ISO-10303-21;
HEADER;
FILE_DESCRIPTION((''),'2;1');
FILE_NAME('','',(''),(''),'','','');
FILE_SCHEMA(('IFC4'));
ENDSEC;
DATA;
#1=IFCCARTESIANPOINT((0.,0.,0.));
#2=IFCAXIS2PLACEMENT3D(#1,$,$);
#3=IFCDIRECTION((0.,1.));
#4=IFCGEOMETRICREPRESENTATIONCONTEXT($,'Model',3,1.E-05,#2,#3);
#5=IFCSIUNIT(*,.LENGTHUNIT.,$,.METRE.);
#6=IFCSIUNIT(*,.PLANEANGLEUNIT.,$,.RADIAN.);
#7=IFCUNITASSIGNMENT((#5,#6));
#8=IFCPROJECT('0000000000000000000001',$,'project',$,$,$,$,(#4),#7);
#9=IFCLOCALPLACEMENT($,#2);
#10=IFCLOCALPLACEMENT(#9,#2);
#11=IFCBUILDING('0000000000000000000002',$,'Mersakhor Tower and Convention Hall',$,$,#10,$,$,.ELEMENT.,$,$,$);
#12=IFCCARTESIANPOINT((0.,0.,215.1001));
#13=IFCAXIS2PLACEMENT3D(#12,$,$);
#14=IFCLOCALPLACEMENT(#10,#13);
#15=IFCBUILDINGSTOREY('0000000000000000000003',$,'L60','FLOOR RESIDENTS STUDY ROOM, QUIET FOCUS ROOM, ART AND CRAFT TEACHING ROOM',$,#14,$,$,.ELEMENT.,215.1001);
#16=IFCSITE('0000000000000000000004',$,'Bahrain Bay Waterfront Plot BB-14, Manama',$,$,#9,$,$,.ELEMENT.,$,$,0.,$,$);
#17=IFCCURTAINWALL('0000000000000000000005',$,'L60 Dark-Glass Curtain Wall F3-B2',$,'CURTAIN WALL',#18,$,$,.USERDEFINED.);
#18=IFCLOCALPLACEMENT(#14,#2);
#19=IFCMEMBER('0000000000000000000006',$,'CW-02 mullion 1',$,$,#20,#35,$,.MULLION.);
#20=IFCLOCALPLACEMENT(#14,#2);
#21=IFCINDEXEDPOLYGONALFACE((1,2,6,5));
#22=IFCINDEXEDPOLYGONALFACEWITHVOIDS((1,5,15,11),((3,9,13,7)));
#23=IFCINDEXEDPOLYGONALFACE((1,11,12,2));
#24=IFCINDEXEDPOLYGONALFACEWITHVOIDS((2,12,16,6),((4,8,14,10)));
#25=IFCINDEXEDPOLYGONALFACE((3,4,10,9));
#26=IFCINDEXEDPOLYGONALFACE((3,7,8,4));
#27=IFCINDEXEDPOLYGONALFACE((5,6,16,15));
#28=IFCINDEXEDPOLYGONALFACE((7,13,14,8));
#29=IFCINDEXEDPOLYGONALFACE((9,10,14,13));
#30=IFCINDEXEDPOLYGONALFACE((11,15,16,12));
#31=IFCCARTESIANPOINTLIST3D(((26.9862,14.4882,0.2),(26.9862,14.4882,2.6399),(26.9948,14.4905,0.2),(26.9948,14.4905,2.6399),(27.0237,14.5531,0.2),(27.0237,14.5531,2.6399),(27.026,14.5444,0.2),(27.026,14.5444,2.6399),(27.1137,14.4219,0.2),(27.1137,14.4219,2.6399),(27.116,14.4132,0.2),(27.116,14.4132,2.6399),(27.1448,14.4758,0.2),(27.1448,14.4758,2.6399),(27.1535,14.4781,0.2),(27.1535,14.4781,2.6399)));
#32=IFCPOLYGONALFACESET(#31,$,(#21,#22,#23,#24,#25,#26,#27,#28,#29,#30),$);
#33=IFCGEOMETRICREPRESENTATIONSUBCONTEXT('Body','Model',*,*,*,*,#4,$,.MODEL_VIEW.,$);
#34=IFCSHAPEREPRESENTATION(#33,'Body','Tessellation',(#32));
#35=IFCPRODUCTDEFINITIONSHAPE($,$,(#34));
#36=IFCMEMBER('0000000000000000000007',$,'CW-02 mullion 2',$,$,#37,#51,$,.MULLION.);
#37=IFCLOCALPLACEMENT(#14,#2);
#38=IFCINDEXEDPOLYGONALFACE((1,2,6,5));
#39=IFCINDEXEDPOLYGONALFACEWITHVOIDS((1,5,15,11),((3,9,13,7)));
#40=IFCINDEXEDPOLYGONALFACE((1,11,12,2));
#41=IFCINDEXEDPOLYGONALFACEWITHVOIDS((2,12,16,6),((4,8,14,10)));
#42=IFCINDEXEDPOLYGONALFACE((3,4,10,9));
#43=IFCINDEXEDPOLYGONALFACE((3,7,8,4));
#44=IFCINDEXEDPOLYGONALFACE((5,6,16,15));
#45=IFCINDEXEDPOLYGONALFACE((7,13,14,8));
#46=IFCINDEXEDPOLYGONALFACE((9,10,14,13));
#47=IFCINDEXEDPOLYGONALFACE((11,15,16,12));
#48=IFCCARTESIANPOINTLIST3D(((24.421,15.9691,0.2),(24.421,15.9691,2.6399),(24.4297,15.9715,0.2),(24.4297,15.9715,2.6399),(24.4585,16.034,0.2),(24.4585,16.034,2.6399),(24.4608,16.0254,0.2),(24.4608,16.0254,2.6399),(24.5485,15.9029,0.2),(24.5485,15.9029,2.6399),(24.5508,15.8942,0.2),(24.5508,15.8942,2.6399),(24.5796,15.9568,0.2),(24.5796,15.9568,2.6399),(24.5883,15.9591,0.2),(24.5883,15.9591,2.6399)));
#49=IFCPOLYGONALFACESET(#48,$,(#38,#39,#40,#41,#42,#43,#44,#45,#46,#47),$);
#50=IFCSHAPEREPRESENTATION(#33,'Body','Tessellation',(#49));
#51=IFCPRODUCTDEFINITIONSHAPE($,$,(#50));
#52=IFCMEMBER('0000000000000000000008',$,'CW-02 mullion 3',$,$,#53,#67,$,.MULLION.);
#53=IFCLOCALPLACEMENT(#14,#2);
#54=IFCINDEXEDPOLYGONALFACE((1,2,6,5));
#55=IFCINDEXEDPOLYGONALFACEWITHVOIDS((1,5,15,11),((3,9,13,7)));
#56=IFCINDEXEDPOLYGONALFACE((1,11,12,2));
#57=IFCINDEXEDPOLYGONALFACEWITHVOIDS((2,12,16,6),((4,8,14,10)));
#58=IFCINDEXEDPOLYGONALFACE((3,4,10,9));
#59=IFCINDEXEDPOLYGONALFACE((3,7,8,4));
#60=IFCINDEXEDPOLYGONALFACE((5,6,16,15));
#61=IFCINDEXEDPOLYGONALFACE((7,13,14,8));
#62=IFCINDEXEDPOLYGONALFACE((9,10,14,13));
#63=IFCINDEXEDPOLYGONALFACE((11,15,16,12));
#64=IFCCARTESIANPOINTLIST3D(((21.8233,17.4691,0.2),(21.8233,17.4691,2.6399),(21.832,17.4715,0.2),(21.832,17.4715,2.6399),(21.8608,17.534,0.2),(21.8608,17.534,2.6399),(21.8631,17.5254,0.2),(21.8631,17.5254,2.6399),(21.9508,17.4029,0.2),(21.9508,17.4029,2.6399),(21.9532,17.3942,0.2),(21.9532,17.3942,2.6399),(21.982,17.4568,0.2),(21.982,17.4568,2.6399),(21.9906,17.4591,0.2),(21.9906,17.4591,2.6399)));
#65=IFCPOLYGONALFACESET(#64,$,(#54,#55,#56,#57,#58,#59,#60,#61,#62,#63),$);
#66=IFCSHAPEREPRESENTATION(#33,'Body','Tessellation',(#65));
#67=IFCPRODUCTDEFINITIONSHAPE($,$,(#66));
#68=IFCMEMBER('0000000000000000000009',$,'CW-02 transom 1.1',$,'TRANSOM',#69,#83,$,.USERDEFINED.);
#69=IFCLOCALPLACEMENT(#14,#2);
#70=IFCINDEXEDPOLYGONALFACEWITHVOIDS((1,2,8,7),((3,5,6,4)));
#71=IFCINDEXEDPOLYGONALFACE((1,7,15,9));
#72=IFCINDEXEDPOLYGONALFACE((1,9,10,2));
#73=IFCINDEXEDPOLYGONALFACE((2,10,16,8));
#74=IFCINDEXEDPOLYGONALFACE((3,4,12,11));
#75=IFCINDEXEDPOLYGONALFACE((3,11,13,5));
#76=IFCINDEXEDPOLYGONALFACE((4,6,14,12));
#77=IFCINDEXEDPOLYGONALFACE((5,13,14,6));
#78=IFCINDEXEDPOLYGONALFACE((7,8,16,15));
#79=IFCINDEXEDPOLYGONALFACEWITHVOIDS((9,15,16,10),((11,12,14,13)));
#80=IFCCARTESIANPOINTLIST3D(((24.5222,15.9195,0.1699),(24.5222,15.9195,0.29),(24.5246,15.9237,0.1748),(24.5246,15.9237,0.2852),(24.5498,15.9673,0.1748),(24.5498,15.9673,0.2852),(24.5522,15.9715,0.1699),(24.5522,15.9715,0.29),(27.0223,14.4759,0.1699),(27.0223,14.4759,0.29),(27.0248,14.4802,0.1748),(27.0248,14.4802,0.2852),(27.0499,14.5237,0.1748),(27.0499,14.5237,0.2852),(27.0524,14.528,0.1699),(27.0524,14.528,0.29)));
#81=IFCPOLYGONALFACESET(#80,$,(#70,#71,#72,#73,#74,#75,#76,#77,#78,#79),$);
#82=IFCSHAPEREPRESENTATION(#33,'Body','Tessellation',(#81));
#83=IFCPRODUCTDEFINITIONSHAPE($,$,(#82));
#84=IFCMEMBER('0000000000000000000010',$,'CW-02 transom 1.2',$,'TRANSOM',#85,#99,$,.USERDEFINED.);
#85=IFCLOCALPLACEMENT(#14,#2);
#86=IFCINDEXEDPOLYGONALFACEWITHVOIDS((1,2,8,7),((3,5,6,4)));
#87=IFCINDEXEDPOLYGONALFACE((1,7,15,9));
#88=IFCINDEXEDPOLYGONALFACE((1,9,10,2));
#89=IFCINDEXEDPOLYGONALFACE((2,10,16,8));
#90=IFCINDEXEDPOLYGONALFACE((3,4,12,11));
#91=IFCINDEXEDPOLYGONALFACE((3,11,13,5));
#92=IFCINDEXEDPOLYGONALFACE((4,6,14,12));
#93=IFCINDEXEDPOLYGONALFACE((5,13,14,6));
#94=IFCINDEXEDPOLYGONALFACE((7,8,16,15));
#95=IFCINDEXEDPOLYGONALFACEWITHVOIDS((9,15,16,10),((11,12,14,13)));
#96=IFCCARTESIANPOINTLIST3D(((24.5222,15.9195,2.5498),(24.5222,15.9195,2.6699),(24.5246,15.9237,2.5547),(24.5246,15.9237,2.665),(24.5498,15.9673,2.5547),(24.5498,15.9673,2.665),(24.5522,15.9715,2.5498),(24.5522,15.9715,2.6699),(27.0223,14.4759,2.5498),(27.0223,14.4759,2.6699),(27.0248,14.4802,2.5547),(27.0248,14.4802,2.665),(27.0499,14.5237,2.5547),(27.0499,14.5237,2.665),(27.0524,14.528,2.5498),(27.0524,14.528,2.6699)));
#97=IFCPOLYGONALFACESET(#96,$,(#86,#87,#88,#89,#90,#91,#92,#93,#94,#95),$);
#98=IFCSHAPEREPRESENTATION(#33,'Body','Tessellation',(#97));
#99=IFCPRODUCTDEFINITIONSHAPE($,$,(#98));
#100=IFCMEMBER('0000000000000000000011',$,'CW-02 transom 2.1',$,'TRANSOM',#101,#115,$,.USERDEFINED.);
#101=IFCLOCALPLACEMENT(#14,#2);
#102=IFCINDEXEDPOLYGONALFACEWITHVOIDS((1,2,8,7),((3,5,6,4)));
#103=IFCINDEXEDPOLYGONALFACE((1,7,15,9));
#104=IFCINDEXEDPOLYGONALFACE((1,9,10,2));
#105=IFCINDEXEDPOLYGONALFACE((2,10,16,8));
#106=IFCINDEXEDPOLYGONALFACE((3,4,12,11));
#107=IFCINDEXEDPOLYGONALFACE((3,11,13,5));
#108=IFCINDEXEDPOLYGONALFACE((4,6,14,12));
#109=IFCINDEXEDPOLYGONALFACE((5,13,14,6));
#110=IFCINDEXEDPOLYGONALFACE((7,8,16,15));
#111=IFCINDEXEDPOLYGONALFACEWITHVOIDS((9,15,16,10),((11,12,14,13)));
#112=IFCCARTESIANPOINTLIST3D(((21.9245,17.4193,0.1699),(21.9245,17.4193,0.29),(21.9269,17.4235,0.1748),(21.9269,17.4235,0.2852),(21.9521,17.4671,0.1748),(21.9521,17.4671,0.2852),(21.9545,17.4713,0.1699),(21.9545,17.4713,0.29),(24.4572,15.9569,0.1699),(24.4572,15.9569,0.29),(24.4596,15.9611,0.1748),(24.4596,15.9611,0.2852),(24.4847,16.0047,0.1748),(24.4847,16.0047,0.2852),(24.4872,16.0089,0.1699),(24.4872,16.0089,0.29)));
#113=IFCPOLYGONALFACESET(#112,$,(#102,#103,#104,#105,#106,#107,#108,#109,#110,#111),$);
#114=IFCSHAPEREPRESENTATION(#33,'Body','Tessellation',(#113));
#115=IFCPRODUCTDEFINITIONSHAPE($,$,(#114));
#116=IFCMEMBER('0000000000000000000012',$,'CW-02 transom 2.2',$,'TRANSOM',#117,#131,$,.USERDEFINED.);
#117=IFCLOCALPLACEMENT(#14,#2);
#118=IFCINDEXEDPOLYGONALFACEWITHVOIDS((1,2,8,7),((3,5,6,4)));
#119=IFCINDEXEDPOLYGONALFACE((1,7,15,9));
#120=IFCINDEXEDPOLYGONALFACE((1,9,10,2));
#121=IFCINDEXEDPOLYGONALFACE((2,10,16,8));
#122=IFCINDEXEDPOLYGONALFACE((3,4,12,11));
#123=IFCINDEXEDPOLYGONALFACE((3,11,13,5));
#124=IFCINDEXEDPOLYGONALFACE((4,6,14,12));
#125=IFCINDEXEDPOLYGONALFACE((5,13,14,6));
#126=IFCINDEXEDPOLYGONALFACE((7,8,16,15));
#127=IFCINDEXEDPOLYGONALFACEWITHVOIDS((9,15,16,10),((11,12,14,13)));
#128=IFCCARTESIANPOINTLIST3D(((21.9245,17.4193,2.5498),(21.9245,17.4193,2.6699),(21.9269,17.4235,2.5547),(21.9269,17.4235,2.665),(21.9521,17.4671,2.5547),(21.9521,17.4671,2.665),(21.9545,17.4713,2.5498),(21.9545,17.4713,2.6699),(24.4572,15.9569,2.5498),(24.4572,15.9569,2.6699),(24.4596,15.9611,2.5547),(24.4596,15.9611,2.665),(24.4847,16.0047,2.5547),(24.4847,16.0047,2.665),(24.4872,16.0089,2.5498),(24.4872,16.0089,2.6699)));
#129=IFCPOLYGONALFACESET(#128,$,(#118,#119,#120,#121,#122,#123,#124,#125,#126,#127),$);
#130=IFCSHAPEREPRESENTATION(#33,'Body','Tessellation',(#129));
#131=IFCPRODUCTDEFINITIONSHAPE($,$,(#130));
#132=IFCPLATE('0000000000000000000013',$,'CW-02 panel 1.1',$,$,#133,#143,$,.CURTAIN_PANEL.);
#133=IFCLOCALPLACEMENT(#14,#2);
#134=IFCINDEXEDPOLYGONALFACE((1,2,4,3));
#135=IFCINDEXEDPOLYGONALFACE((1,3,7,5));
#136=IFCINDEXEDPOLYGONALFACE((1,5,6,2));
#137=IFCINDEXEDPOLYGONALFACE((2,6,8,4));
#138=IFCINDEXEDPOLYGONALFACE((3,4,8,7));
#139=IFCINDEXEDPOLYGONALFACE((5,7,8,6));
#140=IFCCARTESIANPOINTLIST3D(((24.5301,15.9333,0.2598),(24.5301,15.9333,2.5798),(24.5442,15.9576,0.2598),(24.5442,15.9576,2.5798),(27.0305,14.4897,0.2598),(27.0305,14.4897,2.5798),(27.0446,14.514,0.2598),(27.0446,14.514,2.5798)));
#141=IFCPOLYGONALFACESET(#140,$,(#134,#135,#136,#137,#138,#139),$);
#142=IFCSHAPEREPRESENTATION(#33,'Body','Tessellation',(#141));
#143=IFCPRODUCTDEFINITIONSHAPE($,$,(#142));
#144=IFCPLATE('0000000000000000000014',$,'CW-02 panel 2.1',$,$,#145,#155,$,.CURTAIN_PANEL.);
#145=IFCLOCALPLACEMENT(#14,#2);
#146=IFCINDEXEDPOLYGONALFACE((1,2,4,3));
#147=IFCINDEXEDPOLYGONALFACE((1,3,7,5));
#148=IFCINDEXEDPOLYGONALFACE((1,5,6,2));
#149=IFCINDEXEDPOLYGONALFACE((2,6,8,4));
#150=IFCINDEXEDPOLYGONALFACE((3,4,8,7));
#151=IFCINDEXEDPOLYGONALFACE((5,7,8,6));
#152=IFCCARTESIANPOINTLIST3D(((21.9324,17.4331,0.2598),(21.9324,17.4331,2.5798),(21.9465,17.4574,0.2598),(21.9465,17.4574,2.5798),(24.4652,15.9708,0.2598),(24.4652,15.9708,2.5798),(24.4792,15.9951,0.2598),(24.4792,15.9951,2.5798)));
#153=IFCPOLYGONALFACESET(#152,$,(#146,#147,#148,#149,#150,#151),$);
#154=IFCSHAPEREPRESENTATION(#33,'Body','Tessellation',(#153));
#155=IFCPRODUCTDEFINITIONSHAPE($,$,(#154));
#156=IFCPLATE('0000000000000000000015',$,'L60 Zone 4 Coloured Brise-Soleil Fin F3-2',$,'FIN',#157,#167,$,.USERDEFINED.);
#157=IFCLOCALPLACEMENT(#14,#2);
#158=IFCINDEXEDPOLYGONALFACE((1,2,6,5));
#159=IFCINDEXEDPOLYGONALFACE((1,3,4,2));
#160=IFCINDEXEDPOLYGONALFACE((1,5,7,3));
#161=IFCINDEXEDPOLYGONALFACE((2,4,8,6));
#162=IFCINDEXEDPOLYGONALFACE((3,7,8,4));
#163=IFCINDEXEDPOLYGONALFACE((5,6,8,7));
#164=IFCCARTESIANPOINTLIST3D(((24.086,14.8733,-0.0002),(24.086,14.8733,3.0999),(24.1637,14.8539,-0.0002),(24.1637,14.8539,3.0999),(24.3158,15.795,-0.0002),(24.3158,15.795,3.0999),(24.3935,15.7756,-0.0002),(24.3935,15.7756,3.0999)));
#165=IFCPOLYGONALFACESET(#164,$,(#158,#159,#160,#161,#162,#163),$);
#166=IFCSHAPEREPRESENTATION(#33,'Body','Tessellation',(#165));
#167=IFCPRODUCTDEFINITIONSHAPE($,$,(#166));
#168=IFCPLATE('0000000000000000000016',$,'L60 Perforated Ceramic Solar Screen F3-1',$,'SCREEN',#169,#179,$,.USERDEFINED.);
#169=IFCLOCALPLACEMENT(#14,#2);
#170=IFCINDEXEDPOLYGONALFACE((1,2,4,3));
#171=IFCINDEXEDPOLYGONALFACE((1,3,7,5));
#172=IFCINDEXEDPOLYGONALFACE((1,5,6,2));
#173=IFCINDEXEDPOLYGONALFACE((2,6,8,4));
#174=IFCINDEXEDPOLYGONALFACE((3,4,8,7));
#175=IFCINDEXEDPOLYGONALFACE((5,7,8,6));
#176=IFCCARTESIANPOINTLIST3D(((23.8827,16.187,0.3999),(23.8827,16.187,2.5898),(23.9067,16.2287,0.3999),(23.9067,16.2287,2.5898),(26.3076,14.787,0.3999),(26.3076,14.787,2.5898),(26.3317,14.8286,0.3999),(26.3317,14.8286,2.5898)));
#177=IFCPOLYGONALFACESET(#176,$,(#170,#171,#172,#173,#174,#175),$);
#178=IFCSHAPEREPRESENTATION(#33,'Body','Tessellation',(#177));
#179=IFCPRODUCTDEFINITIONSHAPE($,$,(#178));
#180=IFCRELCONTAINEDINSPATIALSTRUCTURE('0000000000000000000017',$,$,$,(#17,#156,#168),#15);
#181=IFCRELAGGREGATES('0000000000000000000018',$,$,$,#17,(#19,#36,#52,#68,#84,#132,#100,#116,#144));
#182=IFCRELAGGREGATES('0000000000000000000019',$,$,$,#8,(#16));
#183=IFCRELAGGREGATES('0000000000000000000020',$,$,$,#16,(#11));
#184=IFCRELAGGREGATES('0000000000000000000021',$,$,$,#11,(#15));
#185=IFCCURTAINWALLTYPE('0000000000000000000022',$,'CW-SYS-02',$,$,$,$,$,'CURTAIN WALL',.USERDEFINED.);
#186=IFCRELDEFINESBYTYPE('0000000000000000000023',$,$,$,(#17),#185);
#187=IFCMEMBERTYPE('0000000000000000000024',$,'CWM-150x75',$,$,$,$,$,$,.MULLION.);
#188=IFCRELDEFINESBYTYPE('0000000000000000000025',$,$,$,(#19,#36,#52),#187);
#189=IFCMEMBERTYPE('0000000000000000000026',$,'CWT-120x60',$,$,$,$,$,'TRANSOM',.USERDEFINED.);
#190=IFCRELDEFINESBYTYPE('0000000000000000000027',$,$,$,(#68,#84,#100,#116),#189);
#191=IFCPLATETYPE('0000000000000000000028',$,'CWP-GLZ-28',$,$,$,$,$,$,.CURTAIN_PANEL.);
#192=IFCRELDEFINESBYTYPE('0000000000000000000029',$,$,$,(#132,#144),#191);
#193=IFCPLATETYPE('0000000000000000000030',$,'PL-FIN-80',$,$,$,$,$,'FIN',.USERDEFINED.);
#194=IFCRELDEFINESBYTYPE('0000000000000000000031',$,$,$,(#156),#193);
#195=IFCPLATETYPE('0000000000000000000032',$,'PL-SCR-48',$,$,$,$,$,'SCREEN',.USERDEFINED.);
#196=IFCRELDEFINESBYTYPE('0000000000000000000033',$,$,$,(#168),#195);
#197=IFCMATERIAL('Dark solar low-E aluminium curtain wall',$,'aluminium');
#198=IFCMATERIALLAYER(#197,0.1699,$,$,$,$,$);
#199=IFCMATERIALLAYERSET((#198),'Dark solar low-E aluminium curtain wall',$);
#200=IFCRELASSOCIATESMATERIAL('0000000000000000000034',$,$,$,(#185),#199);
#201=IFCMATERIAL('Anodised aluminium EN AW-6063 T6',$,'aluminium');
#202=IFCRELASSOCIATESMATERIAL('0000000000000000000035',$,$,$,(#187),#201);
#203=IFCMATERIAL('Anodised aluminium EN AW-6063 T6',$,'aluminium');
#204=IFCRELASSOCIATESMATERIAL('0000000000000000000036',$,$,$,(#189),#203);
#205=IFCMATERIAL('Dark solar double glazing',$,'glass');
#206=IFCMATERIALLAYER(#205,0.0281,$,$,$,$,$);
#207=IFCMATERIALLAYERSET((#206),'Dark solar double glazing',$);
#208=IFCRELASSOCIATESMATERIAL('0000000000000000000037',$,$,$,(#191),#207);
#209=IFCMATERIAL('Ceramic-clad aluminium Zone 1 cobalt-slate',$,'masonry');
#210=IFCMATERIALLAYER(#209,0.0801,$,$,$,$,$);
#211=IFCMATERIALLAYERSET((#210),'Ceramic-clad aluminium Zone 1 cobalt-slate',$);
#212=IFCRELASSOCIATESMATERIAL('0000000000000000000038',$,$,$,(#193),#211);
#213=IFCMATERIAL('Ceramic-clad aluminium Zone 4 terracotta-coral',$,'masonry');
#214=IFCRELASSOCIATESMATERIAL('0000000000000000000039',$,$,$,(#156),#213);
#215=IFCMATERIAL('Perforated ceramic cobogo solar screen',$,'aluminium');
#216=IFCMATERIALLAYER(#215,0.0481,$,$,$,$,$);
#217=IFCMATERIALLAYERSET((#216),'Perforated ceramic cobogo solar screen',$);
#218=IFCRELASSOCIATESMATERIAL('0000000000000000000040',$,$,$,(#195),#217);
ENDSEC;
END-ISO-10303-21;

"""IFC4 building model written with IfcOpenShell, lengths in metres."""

from ifc_helpers import new_model, si_unit, direction, frame, origin, origin_2d, place, context, subcontext, project, spatial, rectangle, hollow_rectangle, extrude, material, layer, layer_set, material_profile, profile_set, type_object, element, aggregate, save


model = new_model("IFC4")

# Units and contexts
model_context = context("Model", 3, precision=1e-05, world=origin(), true_north=direction((0.0, 1.0)))
body_context = subcontext(model_context, "Body", "Model", "MODEL_VIEW")
ifc_project = project(units=[si_unit("LENGTHUNIT", "METRE"), si_unit("PLANEANGLEUNIT", "RADIAN")], contexts=[model_context])

# Site, building, storey
site_placement = place(None, origin())
site = spatial("IfcSite", under=ifc_project, at=site_placement, Name="Bahrain Bay Waterfront Plot BB-14, Manama", CompositionType="ELEMENT", RefElevation=0.0)
building_placement = place(site_placement, origin())
building = spatial("IfcBuilding", under=site, at=building_placement, Name="Mersakhor Tower and Convention Hall", CompositionType="ELEMENT")
storey_placement = place(building_placement, frame((0.0, 0.0, 215.1001)))
storey = spatial("IfcBuildingStorey", under=building, at=storey_placement, Name="L60", Description="FLOOR RESIDENTS STUDY ROOM, QUIET FOCUS ROOM, ART AND CRAFT TEACHING ROOM", CompositionType="ELEMENT", Elevation=215.1001)

# Curtain wall, members, plates
ifc_material_1 = material(Name="Dark solar low-E aluminium curtain wall", Category="aluminium")
ifc_layer_1 = layer(ifc_material_1, 0.1699)
ifc_layer_set_1 = layer_set([ifc_layer_1], Name="Dark solar low-E aluminium curtain wall")
curtain_wall_type = type_object("IfcCurtainWallType", Name="CW-SYS-02", ElementType="CURTAIN WALL", PredefinedType="USERDEFINED", material=ifc_layer_set_1)
curtain_wall_placement = place(storey_placement, origin())
curtain_wall = element("IfcCurtainWall", 1, at=curtain_wall_placement, inside=storey, type_object=curtain_wall_type, Name="L60 Dark-Glass Curtain Wall F3-B2", ObjectType="CURTAIN WALL", PredefinedType="USERDEFINED")
ifc_material_2 = material(Name="Anodised aluminium EN AW-6063 T6", Category="aluminium")
ifc_material_profile_1 = material_profile(ifc_material_2, hollow_rectangle(XDim=0.075, YDim=0.1499, WallThickness=0.0063, at=origin_2d()), Name="RHS 150x75x6.3")
ifc_profile_set_1 = profile_set([ifc_material_profile_1], Name="Anodised aluminium EN AW-6063 T6")
member_type_1 = type_object("IfcMemberType", Name="CWM-150x75", PredefinedType="MULLION", material=ifc_profile_set_1)
member_1_placement = place(storey_placement, frame((27.0698, 14.4832, 0.2), z_axis=(0.0, 0.0, 1.0), x_axis=(-0.500008, -0.866021, 0.0)))
member_1 = element("IfcMember", 2, at=member_1_placement, type_object=member_type_1, Name="CW-02 mullion 1", PredefinedType="MULLION", context=body_context, shape_type="SweptSolid", body=[
    extrude(hollow_rectangle(XDim=0.075, YDim=0.1499, WallThickness=0.0063, at=origin_2d()), origin(), (0.0, 0.0, 1.0), 2.4399),
])
member_2_placement = place(storey_placement, frame((24.5046, 15.9641, 0.2), z_axis=(0.0, 0.0, 1.0), x_axis=(-0.500008, -0.866021, 0.0)))
member_2 = element("IfcMember", 3, at=member_2_placement, type_object=member_type_1, Name="CW-02 mullion 2", PredefinedType="MULLION", context=body_context, shape_type="SweptSolid", body=[
    extrude(hollow_rectangle(XDim=0.075, YDim=0.1499, WallThickness=0.0063, at=origin_2d()), origin(), (0.0, 0.0, 1.0), 2.4399),
])
member_3_placement = place(storey_placement, frame((21.907, 17.4641, 0.2), z_axis=(0.0, 0.0, 1.0), x_axis=(-0.500008, -0.866021, 0.0)))
member_3 = element("IfcMember", 4, at=member_3_placement, type_object=member_type_1, Name="CW-02 mullion 3", PredefinedType="MULLION", context=body_context, shape_type="SweptSolid", body=[
    extrude(hollow_rectangle(XDim=0.075, YDim=0.1499, WallThickness=0.0063, at=origin_2d()), origin(), (0.0, 0.0, 1.0), 2.4399),
])
ifc_material_3 = material(Name="Anodised aluminium EN AW-6063 T6", Category="aluminium")
ifc_material_profile_2 = material_profile(ifc_material_3, hollow_rectangle(XDim=0.0601, YDim=0.1201, WallThickness=0.0049, at=origin_2d()), Name="RHS 120x60x5")
ifc_profile_set_2 = profile_set([ifc_material_profile_2], Name="Anodised aluminium EN AW-6063 T6")
member_type_2 = type_object("IfcMemberType", Name="CWT-120x60", ElementType="TRANSOM", PredefinedType="USERDEFINED", material=ifc_profile_set_2)
member_4_placement = place(storey_placement, frame((27.0374, 14.502, 0.23), z_axis=(-0.866012, 0.500023, 0.0), x_axis=(-0.500023, -0.866012, 0.0)))
member_4 = element("IfcMember", 5, at=member_4_placement, type_object=member_type_2, Name="CW-02 transom 1.1", ObjectType="TRANSOM", PredefinedType="USERDEFINED", context=body_context, shape_type="SweptSolid", body=[
    extrude(hollow_rectangle(XDim=0.0601, YDim=0.1201, WallThickness=0.0049, at=origin_2d()), origin(), (0.0, 0.0, 1.0), 2.887),
])
member_5_placement = place(storey_placement, frame((27.0374, 14.502, 2.6099), z_axis=(-0.866012, 0.500023, 0.0), x_axis=(-0.500023, -0.866012, 0.0)))
member_5 = element("IfcMember", 6, at=member_5_placement, type_object=member_type_2, Name="CW-02 transom 1.2", ObjectType="TRANSOM", PredefinedType="USERDEFINED", context=body_context, shape_type="SweptSolid", body=[
    extrude(hollow_rectangle(XDim=0.0601, YDim=0.1201, WallThickness=0.0049, at=origin_2d()), origin(), (0.0, 0.0, 1.0), 2.887),
])
member_6_placement = place(storey_placement, frame((24.4722, 15.9829, 0.23), z_axis=(-0.866005, 0.500036, 0.0), x_axis=(-0.500036, -0.866005, 0.0)))
member_6 = element("IfcMember", 7, at=member_6_placement, type_object=member_type_2, Name="CW-02 transom 2.1", ObjectType="TRANSOM", PredefinedType="USERDEFINED", context=body_context, shape_type="SweptSolid", body=[
    extrude(hollow_rectangle(XDim=0.0601, YDim=0.1201, WallThickness=0.0049, at=origin_2d()), origin(), (0.0, 0.0, 1.0), 2.9246),
])
member_7_placement = place(storey_placement, frame((24.4722, 15.9829, 2.6099), z_axis=(-0.866005, 0.500036, 0.0), x_axis=(-0.500036, -0.866005, 0.0)))
member_7 = element("IfcMember", 8, at=member_7_placement, type_object=member_type_2, Name="CW-02 transom 2.2", ObjectType="TRANSOM", PredefinedType="USERDEFINED", context=body_context, shape_type="SweptSolid", body=[
    extrude(hollow_rectangle(XDim=0.0601, YDim=0.1201, WallThickness=0.0049, at=origin_2d()), origin(), (0.0, 0.0, 1.0), 2.9246),
])
ifc_material_4 = material(Name="Dark solar double glazing", Category="glass")
ifc_layer_2 = layer(ifc_material_4, 0.0281)
ifc_layer_set_2 = layer_set([ifc_layer_2], Name="Dark solar double glazing")
plate_type_1 = type_object("IfcPlateType", Name="CWP-GLZ-28", PredefinedType="CURTAIN_PANEL", material=ifc_layer_set_2)
plate_1_placement = place(storey_placement, frame((25.7874, 15.2236, 0.2598), z_axis=(0.0, 0.0, 1.0), x_axis=(-0.866021, 0.500008, 0.0)))
plate_1 = element("IfcPlate", 9, at=plate_1_placement, type_object=plate_type_1, Name="CW-02 panel 1.1", PredefinedType="CURTAIN_PANEL", context=body_context, shape_type="SweptSolid", body=[
    extrude(rectangle(XDim=2.8872, YDim=0.0281, at=origin_2d()), origin(), (0.0, 0.0, 1.0), 2.3201),
])
plate_2_placement = place(storey_placement, frame((23.2058, 16.7141, 0.2598), z_axis=(0.0, 0.0, 1.0), x_axis=(-0.866021, 0.500008, 0.0)))
plate_2 = element("IfcPlate", 10, at=plate_2_placement, type_object=plate_type_1, Name="CW-02 panel 2.1", PredefinedType="CURTAIN_PANEL", context=body_context, shape_type="SweptSolid", body=[
    extrude(rectangle(XDim=2.9246, YDim=0.0281, at=origin_2d()), origin(), (0.0, 0.0, 1.0), 2.3201),
])
aggregate(curtain_wall, [member_1, member_2, member_3, member_4, member_5, plate_1, member_6, member_7, plate_2])

# Plates
ifc_material_5 = material(Name="Ceramic-clad aluminium Zone 4 terracotta-coral", Category="masonry")
ifc_material_6 = material(Name="Ceramic-clad aluminium Zone 1 cobalt-slate", Category="masonry")
ifc_layer_3 = layer(ifc_material_6, 0.0801)
ifc_layer_set_3 = layer_set([ifc_layer_3], Name="Ceramic-clad aluminium Zone 1 cobalt-slate")
plate_type_2 = type_object("IfcPlateType", Name="PL-FIN-80", ElementType="FIN", PredefinedType="USERDEFINED", material=ifc_layer_set_3)
plate_3_placement = place(storey_placement, frame((24.2397, 15.3245, -0.0002), z_axis=(0.0, 0.0, 1.0), x_axis=(-0.241922, -0.970296, 0.0)))
element("IfcPlate", 11, at=plate_3_placement, inside=storey, type_object=plate_type_2, material=ifc_material_5, Name="L60 Zone 4 Coloured Brise-Soleil Fin F3-2", ObjectType="FIN", PredefinedType="USERDEFINED", context=body_context, shape_type="SweptSolid", body=[
    extrude(rectangle(XDim=0.95, YDim=0.0801, at=origin_2d()), origin(), (0.0, 0.0, 1.0), 3.1001),
])
ifc_material_7 = material(Name="Perforated ceramic cobogo solar screen", Category="aluminium")
ifc_layer_4 = layer(ifc_material_7, 0.0481)
ifc_layer_set_4 = layer_set([ifc_layer_4], Name="Perforated ceramic cobogo solar screen")
plate_type_3 = type_object("IfcPlateType", Name="PL-SCR-48", ElementType="SCREEN", PredefinedType="USERDEFINED", material=ifc_layer_set_4)
plate_4_placement = place(storey_placement, frame((25.1072, 15.5078, 0.3999), z_axis=(0.0, 0.0, 1.0), x_axis=(-0.866025, 0.5, 0.0)))
element("IfcPlate", 12, at=plate_4_placement, inside=storey, type_object=plate_type_3, Name="L60 Perforated Ceramic Solar Screen F3-1", ObjectType="SCREEN", PredefinedType="USERDEFINED", context=body_context, shape_type="SweptSolid", body=[
    extrude(rectangle(XDim=2.8, YDim=0.0481, at=origin_2d()), origin(), (0.0, 0.0, 1.0), 2.1899),
])

save(model, "model.ifc")
